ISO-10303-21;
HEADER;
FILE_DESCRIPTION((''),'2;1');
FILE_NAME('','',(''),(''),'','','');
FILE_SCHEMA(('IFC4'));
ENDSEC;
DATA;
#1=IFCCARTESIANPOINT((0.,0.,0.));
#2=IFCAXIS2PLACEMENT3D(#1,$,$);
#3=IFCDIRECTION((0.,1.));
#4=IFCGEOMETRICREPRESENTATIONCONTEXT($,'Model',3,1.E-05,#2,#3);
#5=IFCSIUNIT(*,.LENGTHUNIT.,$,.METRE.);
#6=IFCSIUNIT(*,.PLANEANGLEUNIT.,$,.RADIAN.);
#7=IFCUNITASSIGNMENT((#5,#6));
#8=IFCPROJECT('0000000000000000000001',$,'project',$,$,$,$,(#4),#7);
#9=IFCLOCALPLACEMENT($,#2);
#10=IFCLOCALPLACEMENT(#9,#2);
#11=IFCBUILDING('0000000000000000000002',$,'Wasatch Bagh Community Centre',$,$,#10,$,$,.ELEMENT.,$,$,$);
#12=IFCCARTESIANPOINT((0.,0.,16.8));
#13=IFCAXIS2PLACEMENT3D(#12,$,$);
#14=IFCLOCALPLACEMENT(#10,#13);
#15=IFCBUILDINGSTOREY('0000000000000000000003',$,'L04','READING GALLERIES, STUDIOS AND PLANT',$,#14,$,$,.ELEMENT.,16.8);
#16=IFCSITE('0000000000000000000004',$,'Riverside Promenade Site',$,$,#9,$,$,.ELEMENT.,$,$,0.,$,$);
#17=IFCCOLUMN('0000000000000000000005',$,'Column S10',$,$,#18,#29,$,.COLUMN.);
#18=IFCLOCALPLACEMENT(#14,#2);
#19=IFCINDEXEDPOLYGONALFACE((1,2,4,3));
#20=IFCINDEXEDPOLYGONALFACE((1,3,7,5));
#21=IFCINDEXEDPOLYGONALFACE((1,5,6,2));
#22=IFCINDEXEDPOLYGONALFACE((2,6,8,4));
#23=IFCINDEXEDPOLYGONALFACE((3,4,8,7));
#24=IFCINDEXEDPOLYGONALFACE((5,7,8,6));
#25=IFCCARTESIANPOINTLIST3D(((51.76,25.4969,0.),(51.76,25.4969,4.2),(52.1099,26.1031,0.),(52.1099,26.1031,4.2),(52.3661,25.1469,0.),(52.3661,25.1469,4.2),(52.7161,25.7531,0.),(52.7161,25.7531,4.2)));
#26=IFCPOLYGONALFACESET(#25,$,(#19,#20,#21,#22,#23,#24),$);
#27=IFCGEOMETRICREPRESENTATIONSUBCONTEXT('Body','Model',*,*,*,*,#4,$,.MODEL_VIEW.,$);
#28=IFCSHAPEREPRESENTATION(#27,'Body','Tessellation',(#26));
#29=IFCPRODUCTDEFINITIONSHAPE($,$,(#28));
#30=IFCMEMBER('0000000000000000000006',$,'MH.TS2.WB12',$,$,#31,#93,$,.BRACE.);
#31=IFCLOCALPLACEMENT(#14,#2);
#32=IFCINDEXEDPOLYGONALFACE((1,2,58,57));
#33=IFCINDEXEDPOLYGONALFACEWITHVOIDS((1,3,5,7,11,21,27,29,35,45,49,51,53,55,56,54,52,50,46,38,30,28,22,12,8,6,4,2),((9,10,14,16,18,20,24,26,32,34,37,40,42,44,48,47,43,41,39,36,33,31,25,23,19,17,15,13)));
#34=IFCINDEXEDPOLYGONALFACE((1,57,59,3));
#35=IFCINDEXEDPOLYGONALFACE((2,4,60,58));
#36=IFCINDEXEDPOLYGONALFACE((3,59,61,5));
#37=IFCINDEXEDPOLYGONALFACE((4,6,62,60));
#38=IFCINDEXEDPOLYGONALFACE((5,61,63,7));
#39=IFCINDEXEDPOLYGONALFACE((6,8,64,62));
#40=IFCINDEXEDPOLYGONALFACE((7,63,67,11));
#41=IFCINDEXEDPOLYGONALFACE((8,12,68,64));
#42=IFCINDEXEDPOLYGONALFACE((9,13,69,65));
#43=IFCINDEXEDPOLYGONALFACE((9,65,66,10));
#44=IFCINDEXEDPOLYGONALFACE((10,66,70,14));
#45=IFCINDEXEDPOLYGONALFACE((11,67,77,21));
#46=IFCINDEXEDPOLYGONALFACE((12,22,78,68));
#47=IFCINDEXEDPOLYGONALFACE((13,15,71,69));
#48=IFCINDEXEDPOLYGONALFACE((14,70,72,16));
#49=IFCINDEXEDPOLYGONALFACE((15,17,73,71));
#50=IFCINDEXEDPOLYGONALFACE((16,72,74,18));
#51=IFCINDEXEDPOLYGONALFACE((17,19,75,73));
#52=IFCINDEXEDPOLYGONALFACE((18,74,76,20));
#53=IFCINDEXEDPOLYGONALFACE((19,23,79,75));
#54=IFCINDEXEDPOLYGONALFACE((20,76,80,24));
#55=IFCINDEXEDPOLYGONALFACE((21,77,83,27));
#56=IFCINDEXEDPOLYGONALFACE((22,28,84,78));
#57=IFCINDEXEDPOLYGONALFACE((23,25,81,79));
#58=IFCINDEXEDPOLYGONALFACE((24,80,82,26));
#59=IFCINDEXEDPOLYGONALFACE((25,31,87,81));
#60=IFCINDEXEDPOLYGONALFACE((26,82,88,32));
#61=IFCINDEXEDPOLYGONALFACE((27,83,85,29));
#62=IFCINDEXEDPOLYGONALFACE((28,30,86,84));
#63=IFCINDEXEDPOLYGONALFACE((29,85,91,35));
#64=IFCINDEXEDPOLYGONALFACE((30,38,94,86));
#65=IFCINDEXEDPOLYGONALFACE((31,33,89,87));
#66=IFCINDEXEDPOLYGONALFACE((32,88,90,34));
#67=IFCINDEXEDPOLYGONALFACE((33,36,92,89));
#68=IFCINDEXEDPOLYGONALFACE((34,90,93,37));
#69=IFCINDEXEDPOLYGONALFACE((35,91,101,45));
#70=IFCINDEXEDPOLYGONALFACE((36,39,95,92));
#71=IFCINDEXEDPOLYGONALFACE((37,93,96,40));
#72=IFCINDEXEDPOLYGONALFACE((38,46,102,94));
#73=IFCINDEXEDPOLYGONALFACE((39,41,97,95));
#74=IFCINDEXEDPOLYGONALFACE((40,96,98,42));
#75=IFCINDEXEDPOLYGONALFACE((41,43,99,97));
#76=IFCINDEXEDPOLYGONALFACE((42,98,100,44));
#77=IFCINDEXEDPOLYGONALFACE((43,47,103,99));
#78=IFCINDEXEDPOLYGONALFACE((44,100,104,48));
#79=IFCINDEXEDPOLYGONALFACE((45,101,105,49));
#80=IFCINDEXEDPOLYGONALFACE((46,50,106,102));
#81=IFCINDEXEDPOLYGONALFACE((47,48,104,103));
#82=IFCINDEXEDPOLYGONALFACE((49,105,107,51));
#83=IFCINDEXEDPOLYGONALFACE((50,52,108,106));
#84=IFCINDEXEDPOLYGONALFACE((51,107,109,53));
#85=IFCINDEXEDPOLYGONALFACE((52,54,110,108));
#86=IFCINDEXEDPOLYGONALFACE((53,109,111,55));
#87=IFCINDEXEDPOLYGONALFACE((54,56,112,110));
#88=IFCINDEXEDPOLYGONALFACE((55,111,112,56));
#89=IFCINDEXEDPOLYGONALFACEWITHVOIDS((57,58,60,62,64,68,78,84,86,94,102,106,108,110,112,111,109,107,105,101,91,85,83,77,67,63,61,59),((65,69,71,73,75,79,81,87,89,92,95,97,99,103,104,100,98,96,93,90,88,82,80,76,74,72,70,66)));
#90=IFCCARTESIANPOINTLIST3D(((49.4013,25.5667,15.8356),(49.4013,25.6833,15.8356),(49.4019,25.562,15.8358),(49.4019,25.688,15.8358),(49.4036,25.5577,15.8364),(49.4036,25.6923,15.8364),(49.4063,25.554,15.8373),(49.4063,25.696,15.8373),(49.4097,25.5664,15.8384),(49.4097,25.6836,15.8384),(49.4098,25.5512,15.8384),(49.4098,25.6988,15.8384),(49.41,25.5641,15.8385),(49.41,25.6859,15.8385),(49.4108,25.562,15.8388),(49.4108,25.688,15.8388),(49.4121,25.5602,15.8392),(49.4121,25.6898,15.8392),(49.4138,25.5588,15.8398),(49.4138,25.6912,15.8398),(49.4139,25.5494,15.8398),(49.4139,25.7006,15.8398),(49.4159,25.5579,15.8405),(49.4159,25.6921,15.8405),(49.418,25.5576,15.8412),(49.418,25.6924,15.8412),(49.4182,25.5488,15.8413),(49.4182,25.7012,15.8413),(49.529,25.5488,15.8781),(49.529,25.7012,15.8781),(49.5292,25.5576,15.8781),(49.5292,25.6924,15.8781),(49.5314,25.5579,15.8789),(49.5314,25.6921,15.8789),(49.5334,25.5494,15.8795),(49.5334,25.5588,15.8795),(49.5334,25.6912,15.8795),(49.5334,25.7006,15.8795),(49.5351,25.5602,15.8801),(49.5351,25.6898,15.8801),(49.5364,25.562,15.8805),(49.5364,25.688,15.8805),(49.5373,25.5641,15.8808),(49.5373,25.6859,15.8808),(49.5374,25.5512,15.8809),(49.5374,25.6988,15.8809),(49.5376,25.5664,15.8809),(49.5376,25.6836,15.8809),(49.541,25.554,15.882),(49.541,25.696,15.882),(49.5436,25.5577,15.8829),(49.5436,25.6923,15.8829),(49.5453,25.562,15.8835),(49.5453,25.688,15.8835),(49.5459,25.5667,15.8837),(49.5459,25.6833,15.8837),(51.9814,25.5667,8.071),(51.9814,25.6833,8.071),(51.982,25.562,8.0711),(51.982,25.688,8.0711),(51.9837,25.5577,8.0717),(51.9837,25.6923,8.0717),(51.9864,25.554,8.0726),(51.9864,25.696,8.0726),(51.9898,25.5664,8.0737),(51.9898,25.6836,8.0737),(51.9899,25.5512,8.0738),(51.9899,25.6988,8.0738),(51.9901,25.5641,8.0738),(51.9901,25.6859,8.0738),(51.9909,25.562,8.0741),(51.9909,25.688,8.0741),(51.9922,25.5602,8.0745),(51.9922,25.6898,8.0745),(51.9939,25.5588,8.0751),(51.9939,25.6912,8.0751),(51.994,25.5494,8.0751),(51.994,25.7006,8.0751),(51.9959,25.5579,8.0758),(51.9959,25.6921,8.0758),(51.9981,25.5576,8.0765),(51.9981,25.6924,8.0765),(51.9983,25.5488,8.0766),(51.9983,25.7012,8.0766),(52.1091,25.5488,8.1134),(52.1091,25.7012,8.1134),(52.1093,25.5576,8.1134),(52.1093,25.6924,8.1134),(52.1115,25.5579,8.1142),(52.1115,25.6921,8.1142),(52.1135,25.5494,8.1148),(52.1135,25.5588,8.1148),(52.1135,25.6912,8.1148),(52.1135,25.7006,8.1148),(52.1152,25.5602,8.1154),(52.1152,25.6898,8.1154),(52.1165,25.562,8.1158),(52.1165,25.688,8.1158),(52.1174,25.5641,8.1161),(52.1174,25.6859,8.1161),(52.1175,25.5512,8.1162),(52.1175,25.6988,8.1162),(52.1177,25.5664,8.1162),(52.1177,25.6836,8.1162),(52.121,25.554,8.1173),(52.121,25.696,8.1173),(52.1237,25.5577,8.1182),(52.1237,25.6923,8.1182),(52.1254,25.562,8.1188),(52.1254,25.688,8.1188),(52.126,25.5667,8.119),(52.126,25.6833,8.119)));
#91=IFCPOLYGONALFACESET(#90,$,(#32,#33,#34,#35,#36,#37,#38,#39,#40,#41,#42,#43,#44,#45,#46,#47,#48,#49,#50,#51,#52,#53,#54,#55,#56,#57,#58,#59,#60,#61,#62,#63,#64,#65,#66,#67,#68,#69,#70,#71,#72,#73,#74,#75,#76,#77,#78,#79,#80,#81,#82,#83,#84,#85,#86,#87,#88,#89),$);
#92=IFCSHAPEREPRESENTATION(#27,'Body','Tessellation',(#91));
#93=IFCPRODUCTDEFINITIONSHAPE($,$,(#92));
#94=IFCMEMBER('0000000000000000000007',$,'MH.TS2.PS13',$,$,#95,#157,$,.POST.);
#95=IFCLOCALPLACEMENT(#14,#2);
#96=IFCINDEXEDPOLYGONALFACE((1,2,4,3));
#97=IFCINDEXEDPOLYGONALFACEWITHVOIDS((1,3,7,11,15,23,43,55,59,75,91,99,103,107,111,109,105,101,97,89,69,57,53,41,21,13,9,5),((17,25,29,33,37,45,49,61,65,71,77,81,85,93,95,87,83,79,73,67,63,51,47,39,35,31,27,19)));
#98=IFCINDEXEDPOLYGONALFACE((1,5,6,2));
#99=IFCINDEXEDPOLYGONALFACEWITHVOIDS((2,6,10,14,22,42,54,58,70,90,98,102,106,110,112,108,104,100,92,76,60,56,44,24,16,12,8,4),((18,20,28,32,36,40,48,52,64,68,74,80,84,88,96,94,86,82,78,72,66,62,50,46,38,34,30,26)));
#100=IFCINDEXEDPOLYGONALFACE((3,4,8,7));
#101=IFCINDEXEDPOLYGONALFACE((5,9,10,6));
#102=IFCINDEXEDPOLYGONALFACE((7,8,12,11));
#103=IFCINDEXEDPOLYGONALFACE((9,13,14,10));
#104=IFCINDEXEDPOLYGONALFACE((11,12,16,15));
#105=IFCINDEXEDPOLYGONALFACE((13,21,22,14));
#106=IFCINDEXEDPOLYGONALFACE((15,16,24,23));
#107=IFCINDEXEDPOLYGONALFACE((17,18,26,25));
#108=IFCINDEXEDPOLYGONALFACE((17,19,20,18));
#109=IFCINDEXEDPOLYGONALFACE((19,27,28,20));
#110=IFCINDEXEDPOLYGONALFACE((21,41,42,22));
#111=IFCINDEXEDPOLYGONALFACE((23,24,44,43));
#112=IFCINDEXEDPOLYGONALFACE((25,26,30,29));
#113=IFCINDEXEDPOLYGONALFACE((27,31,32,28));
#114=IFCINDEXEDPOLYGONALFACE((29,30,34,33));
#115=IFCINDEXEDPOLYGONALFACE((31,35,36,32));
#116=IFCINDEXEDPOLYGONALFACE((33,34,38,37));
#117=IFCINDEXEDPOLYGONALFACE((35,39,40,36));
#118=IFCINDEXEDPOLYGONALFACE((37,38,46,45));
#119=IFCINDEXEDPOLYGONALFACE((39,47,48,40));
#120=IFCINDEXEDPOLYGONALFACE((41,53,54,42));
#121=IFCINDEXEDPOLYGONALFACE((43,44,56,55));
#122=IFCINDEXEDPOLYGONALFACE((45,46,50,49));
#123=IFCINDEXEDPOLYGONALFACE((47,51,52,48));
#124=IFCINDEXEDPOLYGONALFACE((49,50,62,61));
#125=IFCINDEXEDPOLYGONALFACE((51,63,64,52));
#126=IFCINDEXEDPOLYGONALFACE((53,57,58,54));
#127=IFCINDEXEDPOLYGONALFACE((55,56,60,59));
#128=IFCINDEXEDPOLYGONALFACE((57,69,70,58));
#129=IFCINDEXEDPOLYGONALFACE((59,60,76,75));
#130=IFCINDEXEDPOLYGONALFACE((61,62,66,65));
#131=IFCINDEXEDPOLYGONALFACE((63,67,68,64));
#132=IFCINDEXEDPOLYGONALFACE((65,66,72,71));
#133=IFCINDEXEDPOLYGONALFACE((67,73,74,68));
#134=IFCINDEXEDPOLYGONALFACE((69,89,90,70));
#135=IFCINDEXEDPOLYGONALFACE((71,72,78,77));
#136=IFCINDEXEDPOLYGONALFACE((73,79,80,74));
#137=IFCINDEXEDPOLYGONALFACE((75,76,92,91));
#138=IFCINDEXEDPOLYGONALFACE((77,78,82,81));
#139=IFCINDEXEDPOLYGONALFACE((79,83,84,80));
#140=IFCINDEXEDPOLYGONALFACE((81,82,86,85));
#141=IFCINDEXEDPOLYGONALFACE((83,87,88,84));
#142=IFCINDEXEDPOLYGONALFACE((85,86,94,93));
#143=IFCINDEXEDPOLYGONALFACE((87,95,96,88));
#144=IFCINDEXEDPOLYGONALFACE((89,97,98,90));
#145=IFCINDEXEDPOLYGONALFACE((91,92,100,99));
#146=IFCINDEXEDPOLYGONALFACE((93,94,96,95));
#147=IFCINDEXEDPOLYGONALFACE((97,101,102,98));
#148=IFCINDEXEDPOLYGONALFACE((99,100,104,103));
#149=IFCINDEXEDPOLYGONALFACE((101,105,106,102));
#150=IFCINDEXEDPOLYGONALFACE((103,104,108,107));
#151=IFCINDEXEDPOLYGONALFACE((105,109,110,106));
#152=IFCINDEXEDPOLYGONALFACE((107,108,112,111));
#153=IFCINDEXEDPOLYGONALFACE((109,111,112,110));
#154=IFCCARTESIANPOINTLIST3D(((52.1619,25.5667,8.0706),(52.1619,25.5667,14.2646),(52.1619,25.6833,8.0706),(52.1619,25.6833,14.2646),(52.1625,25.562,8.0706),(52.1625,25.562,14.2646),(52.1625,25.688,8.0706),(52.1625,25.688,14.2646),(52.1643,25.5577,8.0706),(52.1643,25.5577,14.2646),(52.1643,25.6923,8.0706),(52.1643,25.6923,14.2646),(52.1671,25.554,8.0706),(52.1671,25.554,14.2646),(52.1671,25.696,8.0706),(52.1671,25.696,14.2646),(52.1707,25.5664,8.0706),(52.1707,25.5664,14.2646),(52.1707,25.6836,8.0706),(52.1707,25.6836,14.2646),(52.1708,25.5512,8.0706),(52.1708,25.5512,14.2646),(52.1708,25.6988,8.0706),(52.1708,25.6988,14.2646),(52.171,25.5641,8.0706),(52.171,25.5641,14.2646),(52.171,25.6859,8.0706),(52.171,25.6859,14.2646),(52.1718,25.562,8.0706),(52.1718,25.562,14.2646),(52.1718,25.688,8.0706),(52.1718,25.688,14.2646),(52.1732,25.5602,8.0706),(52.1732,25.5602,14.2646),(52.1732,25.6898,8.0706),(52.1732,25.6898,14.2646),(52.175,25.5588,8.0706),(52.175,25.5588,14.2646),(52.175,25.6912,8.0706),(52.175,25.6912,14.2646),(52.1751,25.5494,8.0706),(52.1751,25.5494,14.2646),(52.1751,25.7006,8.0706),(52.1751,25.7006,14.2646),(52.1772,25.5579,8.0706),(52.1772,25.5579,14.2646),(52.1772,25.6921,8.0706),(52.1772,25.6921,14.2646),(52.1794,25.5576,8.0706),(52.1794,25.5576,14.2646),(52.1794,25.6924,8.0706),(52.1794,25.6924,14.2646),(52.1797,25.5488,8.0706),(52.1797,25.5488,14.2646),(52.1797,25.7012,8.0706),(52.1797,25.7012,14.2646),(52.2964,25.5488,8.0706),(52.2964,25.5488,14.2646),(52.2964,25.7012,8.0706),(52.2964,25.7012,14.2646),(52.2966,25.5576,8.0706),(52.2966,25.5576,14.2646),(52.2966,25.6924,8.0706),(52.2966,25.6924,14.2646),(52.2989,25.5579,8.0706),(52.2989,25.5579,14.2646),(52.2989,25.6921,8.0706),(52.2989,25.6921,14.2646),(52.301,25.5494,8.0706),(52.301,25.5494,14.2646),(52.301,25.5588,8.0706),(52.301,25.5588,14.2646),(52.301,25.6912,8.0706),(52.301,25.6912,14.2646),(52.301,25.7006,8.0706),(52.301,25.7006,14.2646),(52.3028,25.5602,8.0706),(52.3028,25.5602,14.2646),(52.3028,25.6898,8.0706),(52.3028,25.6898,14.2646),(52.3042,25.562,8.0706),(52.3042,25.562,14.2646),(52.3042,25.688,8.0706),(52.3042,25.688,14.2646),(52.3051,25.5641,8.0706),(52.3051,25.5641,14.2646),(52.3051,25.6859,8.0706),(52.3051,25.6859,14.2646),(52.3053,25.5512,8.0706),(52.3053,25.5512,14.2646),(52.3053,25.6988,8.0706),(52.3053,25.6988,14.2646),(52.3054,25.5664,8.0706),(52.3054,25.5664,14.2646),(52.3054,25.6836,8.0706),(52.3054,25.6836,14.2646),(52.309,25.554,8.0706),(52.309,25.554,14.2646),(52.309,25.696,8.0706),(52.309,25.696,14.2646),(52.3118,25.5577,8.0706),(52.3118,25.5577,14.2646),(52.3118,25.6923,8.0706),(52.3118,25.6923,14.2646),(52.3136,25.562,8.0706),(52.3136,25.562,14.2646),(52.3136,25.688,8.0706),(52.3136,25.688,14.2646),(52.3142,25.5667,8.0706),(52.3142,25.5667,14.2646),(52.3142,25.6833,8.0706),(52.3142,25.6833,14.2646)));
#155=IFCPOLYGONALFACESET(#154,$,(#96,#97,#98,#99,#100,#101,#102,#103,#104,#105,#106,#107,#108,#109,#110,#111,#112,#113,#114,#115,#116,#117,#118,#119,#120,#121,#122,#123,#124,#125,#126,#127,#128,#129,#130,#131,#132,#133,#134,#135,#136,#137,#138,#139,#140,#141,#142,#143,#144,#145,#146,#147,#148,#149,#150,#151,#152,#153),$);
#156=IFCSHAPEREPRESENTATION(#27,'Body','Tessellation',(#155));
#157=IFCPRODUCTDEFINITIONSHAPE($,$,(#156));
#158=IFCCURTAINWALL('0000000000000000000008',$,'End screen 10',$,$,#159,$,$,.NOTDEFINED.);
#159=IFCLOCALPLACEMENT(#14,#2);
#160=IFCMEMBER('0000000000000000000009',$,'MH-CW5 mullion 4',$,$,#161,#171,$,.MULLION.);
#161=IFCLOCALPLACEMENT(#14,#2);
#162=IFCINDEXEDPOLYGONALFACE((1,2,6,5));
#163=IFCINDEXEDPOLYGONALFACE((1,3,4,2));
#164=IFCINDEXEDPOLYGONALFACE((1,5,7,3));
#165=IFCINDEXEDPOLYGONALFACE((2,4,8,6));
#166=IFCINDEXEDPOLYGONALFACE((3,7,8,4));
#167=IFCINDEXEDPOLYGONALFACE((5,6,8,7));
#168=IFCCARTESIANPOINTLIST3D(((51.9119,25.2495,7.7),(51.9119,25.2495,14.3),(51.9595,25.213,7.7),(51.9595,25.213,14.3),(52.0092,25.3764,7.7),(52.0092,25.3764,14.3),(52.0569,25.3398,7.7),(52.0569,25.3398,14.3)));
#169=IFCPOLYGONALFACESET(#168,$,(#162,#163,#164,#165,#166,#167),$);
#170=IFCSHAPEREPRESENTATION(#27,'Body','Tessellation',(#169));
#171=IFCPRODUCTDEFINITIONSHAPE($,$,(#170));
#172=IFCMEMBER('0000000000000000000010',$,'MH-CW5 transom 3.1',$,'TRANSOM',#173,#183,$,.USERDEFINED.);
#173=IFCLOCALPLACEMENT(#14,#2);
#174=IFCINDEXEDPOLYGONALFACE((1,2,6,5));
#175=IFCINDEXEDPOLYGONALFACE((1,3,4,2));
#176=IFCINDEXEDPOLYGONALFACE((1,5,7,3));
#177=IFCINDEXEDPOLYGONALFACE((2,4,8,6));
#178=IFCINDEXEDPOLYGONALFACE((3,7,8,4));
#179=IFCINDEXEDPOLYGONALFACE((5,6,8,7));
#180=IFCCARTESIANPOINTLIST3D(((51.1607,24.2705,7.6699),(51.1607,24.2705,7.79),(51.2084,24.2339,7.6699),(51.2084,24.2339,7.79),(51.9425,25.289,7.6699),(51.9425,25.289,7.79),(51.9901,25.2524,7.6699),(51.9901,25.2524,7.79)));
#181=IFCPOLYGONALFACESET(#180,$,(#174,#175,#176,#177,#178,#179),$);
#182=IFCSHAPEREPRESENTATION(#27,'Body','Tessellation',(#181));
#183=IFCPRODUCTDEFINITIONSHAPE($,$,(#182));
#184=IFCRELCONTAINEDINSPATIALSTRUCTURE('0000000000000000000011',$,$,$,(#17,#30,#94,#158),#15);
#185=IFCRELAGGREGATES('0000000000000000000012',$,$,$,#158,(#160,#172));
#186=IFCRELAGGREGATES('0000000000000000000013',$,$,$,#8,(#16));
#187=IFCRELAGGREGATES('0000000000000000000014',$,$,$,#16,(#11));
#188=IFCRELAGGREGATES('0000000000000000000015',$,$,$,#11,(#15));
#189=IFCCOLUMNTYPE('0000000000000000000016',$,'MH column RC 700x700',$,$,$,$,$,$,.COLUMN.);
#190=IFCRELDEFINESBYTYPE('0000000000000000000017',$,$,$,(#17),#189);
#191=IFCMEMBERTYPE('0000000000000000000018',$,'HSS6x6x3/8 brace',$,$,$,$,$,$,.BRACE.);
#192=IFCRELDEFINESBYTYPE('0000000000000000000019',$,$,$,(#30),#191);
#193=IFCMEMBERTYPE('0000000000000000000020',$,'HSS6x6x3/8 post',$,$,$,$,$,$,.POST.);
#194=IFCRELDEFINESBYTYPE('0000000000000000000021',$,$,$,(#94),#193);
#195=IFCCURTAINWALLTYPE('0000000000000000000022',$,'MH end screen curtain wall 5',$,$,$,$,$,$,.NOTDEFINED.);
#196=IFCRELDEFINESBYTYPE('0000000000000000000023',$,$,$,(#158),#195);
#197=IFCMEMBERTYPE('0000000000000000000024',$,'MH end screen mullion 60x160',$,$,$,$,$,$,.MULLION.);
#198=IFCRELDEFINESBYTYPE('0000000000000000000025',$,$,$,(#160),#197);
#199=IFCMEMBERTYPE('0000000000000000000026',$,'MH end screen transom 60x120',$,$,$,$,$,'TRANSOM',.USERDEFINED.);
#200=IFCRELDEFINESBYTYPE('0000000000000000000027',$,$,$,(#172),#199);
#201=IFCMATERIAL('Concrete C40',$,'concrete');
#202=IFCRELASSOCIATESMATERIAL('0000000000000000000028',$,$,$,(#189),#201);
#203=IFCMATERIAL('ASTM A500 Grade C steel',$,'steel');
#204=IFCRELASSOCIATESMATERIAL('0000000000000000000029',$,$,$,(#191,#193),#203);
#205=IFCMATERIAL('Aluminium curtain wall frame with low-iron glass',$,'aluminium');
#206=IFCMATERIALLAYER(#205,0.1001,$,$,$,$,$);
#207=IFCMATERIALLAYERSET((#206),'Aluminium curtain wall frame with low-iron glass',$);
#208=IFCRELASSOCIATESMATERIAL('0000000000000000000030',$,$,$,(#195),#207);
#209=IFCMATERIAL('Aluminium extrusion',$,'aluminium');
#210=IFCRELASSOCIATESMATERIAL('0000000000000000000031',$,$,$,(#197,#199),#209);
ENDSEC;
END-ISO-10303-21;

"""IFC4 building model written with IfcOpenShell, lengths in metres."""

from ifc_helpers import new_model, si_unit, direction, frame, origin, origin_2d, place, context, subcontext, project, spatial, rectangle, hollow_rectangle, extrude, material, layer, layer_set, material_profile, profile_set, type_object, element, aggregate, save


model = new_model("IFC4")

# Units and contexts
model_context = context("Model", 3, precision=1e-05, world=origin(), true_north=direction((0.0, 1.0)))
body_context = subcontext(model_context, "Body", "Model", "MODEL_VIEW")
ifc_project = project(units=[si_unit("LENGTHUNIT", "METRE"), si_unit("PLANEANGLEUNIT", "RADIAN")], contexts=[model_context])

# Site, building, storey
site_placement = place(None, origin())
site = spatial("IfcSite", under=ifc_project, at=site_placement, Name="Riverside Promenade Site", CompositionType="ELEMENT", RefElevation=0.0)
building_placement = place(site_placement, origin())
building = spatial("IfcBuilding", under=site, at=building_placement, Name="Wasatch Bagh Community Centre", CompositionType="ELEMENT")
storey_placement = place(building_placement, frame((0.0, 0.0, 16.8)))
storey = spatial("IfcBuildingStorey", under=building, at=storey_placement, Name="L04", Description="READING GALLERIES, STUDIOS AND PLANT", CompositionType="ELEMENT", Elevation=16.8)

# Column
ifc_material_1 = material(Name="Concrete C40", Category="concrete")
ifc_material_profile_1 = material_profile(ifc_material_1, rectangle(XDim=0.7, YDim=0.7, at=origin_2d()), Name="RC 700x700")
ifc_profile_set_1 = profile_set([ifc_material_profile_1], Name="Concrete C40")
column_type = type_object("IfcColumnType", Name="MH column RC 700x700", PredefinedType="COLUMN", material=ifc_profile_set_1)
column_placement = place(storey_placement, frame((52.238, 25.625, 0.0), z_axis=(0.0, 0.0, 1.0), x_axis=(0.5, 0.866025, 0.0)))
element("IfcColumn", 1, at=column_placement, inside=storey, type_object=column_type, Name="Column S10", PredefinedType="COLUMN", context=body_context, shape_type="SweptSolid", body=[
    extrude(rectangle(XDim=0.7, YDim=0.7, at=origin_2d()), origin(), (0.0, 0.0, 1.0), 4.2),
])

# Members
ifc_material_2 = material(Name="ASTM A500 Grade C steel", Category="steel")
ifc_material_profile_2 = material_profile(ifc_material_2, hollow_rectangle(XDim=0.1523, YDim=0.1523, WallThickness=0.0088, InnerFilletRadius=0.0088, OuterFilletRadius=0.0178, at=origin_2d()), Name="HSS6x6x3/8")
ifc_profile_set_2 = profile_set([ifc_material_profile_2], Name="ASTM A500 Grade C steel")
member_type_1 = type_object("IfcMemberType", Name="HSS6x6x3/8 brace", PredefinedType="BRACE", material=ifc_profile_set_2)
member_1_placement = place(storey_placement, frame((52.0537, 25.625, 8.095), z_axis=(-0.315332, 0.0, 0.948981), x_axis=(0.0, -1.0, 0.0)))
element("IfcMember", 2, at=member_1_placement, inside=storey, type_object=member_type_1, Name="MH.TS2.WB12", PredefinedType="BRACE", context=body_context, shape_type="SweptSolid", body=[
    extrude(hollow_rectangle(XDim=0.1523, YDim=0.1523, WallThickness=0.0088, InnerFilletRadius=0.0088, OuterFilletRadius=0.0178, at=origin_2d()), origin(), (0.0, 0.0, 1.0), 8.1821),
])
ifc_material_profile_3 = material_profile(ifc_material_2, hollow_rectangle(XDim=0.1523, YDim=0.1523, WallThickness=0.0088, InnerFilletRadius=0.0088, OuterFilletRadius=0.0178, at=origin_2d()), Name="HSS6x6x3/8")
ifc_profile_set_3 = profile_set([ifc_material_profile_3], Name="ASTM A500 Grade C steel")
member_type_2 = type_object("IfcMemberType", Name="HSS6x6x3/8 post", PredefinedType="POST", material=ifc_profile_set_3)
member_2_placement = place(storey_placement, frame((52.238, 25.625, 8.0706), z_axis=(0.0, 0.0, 1.0), x_axis=(1.0, 0.0, 0.0)))
element("IfcMember", 3, at=member_2_placement, inside=storey, type_object=member_type_2, Name="MH.TS2.PS13", PredefinedType="POST", context=body_context, shape_type="SweptSolid", body=[
    extrude(hollow_rectangle(XDim=0.1523, YDim=0.1523, WallThickness=0.0088, InnerFilletRadius=0.0088, OuterFilletRadius=0.0178, at=origin_2d()), origin(), (0.0, 0.0, 1.0), 6.1941),
])

# Curtain wall, members
ifc_material_3 = material(Name="Aluminium curtain wall frame with low-iron glass", Category="aluminium")
ifc_layer_1 = layer(ifc_material_3, 0.1001)
ifc_layer_set_1 = layer_set([ifc_layer_1], Name="Aluminium curtain wall frame with low-iron glass")
curtain_wall_type = type_object("IfcCurtainWallType", Name="MH end screen curtain wall 5", PredefinedType="NOTDEFINED", material=ifc_layer_set_1)
curtain_wall_placement = place(storey_placement, origin())
curtain_wall = element("IfcCurtainWall", 4, at=curtain_wall_placement, inside=storey, type_object=curtain_wall_type, Name="End screen 10", PredefinedType="NOTDEFINED")
ifc_material_4 = material(Name="Aluminium extrusion", Category="aluminium")
ifc_material_profile_4 = material_profile(ifc_material_4, rectangle(XDim=0.0601, YDim=0.1599, at=origin_2d()), Name="AL 60x160")
ifc_profile_set_4 = profile_set([ifc_material_profile_4], Name="Aluminium extrusion")
member_type_3 = type_object("IfcMemberType", Name="MH end screen mullion 60x160", PredefinedType="MULLION", material=ifc_profile_set_4)
member_3_placement = place(storey_placement, frame((51.9844, 25.2947, 7.7), z_axis=(0.0, 0.0, 1.0), x_axis=(-0.793353, 0.608761, 0.0)))
member_3 = element("IfcMember", 5, at=member_3_placement, type_object=member_type_3, Name="MH-CW5 mullion 4", PredefinedType="MULLION", context=body_context, shape_type="SweptSolid", body=[
    extrude(rectangle(XDim=0.0601, YDim=0.1599, at=origin_2d()), origin(), (0.0, 0.0, 1.0), 6.6001),
])
ifc_material_profile_5 = material_profile(ifc_material_4, rectangle(XDim=0.0601, YDim=0.1201, at=origin_2d()), Name="AL 60x120")
ifc_profile_set_5 = profile_set([ifc_material_profile_5], Name="Aluminium extrusion")
member_type_4 = type_object("IfcMemberType", Name="MH end screen transom 60x120", ElementType="TRANSOM", PredefinedType="USERDEFINED", material=ifc_profile_set_5)
member_4_placement = place(storey_placement, frame((51.1846, 24.2522, 7.73), z_axis=(0.608847, 0.793288, 0.0), x_axis=(-0.793288, 0.608847, 0.0)))
member_4 = element("IfcMember", 6, at=member_4_placement, type_object=member_type_4, Name="MH-CW5 transom 3.1", ObjectType="TRANSOM", PredefinedType="USERDEFINED", context=body_context, shape_type="SweptSolid", body=[
    extrude(rectangle(XDim=0.0601, YDim=0.1201, at=origin_2d()), origin(), (0.0, 0.0, 1.0), 1.2839),
])

aggregate(curtain_wall, [member_3, member_4])

save(model, "model.ifc")
